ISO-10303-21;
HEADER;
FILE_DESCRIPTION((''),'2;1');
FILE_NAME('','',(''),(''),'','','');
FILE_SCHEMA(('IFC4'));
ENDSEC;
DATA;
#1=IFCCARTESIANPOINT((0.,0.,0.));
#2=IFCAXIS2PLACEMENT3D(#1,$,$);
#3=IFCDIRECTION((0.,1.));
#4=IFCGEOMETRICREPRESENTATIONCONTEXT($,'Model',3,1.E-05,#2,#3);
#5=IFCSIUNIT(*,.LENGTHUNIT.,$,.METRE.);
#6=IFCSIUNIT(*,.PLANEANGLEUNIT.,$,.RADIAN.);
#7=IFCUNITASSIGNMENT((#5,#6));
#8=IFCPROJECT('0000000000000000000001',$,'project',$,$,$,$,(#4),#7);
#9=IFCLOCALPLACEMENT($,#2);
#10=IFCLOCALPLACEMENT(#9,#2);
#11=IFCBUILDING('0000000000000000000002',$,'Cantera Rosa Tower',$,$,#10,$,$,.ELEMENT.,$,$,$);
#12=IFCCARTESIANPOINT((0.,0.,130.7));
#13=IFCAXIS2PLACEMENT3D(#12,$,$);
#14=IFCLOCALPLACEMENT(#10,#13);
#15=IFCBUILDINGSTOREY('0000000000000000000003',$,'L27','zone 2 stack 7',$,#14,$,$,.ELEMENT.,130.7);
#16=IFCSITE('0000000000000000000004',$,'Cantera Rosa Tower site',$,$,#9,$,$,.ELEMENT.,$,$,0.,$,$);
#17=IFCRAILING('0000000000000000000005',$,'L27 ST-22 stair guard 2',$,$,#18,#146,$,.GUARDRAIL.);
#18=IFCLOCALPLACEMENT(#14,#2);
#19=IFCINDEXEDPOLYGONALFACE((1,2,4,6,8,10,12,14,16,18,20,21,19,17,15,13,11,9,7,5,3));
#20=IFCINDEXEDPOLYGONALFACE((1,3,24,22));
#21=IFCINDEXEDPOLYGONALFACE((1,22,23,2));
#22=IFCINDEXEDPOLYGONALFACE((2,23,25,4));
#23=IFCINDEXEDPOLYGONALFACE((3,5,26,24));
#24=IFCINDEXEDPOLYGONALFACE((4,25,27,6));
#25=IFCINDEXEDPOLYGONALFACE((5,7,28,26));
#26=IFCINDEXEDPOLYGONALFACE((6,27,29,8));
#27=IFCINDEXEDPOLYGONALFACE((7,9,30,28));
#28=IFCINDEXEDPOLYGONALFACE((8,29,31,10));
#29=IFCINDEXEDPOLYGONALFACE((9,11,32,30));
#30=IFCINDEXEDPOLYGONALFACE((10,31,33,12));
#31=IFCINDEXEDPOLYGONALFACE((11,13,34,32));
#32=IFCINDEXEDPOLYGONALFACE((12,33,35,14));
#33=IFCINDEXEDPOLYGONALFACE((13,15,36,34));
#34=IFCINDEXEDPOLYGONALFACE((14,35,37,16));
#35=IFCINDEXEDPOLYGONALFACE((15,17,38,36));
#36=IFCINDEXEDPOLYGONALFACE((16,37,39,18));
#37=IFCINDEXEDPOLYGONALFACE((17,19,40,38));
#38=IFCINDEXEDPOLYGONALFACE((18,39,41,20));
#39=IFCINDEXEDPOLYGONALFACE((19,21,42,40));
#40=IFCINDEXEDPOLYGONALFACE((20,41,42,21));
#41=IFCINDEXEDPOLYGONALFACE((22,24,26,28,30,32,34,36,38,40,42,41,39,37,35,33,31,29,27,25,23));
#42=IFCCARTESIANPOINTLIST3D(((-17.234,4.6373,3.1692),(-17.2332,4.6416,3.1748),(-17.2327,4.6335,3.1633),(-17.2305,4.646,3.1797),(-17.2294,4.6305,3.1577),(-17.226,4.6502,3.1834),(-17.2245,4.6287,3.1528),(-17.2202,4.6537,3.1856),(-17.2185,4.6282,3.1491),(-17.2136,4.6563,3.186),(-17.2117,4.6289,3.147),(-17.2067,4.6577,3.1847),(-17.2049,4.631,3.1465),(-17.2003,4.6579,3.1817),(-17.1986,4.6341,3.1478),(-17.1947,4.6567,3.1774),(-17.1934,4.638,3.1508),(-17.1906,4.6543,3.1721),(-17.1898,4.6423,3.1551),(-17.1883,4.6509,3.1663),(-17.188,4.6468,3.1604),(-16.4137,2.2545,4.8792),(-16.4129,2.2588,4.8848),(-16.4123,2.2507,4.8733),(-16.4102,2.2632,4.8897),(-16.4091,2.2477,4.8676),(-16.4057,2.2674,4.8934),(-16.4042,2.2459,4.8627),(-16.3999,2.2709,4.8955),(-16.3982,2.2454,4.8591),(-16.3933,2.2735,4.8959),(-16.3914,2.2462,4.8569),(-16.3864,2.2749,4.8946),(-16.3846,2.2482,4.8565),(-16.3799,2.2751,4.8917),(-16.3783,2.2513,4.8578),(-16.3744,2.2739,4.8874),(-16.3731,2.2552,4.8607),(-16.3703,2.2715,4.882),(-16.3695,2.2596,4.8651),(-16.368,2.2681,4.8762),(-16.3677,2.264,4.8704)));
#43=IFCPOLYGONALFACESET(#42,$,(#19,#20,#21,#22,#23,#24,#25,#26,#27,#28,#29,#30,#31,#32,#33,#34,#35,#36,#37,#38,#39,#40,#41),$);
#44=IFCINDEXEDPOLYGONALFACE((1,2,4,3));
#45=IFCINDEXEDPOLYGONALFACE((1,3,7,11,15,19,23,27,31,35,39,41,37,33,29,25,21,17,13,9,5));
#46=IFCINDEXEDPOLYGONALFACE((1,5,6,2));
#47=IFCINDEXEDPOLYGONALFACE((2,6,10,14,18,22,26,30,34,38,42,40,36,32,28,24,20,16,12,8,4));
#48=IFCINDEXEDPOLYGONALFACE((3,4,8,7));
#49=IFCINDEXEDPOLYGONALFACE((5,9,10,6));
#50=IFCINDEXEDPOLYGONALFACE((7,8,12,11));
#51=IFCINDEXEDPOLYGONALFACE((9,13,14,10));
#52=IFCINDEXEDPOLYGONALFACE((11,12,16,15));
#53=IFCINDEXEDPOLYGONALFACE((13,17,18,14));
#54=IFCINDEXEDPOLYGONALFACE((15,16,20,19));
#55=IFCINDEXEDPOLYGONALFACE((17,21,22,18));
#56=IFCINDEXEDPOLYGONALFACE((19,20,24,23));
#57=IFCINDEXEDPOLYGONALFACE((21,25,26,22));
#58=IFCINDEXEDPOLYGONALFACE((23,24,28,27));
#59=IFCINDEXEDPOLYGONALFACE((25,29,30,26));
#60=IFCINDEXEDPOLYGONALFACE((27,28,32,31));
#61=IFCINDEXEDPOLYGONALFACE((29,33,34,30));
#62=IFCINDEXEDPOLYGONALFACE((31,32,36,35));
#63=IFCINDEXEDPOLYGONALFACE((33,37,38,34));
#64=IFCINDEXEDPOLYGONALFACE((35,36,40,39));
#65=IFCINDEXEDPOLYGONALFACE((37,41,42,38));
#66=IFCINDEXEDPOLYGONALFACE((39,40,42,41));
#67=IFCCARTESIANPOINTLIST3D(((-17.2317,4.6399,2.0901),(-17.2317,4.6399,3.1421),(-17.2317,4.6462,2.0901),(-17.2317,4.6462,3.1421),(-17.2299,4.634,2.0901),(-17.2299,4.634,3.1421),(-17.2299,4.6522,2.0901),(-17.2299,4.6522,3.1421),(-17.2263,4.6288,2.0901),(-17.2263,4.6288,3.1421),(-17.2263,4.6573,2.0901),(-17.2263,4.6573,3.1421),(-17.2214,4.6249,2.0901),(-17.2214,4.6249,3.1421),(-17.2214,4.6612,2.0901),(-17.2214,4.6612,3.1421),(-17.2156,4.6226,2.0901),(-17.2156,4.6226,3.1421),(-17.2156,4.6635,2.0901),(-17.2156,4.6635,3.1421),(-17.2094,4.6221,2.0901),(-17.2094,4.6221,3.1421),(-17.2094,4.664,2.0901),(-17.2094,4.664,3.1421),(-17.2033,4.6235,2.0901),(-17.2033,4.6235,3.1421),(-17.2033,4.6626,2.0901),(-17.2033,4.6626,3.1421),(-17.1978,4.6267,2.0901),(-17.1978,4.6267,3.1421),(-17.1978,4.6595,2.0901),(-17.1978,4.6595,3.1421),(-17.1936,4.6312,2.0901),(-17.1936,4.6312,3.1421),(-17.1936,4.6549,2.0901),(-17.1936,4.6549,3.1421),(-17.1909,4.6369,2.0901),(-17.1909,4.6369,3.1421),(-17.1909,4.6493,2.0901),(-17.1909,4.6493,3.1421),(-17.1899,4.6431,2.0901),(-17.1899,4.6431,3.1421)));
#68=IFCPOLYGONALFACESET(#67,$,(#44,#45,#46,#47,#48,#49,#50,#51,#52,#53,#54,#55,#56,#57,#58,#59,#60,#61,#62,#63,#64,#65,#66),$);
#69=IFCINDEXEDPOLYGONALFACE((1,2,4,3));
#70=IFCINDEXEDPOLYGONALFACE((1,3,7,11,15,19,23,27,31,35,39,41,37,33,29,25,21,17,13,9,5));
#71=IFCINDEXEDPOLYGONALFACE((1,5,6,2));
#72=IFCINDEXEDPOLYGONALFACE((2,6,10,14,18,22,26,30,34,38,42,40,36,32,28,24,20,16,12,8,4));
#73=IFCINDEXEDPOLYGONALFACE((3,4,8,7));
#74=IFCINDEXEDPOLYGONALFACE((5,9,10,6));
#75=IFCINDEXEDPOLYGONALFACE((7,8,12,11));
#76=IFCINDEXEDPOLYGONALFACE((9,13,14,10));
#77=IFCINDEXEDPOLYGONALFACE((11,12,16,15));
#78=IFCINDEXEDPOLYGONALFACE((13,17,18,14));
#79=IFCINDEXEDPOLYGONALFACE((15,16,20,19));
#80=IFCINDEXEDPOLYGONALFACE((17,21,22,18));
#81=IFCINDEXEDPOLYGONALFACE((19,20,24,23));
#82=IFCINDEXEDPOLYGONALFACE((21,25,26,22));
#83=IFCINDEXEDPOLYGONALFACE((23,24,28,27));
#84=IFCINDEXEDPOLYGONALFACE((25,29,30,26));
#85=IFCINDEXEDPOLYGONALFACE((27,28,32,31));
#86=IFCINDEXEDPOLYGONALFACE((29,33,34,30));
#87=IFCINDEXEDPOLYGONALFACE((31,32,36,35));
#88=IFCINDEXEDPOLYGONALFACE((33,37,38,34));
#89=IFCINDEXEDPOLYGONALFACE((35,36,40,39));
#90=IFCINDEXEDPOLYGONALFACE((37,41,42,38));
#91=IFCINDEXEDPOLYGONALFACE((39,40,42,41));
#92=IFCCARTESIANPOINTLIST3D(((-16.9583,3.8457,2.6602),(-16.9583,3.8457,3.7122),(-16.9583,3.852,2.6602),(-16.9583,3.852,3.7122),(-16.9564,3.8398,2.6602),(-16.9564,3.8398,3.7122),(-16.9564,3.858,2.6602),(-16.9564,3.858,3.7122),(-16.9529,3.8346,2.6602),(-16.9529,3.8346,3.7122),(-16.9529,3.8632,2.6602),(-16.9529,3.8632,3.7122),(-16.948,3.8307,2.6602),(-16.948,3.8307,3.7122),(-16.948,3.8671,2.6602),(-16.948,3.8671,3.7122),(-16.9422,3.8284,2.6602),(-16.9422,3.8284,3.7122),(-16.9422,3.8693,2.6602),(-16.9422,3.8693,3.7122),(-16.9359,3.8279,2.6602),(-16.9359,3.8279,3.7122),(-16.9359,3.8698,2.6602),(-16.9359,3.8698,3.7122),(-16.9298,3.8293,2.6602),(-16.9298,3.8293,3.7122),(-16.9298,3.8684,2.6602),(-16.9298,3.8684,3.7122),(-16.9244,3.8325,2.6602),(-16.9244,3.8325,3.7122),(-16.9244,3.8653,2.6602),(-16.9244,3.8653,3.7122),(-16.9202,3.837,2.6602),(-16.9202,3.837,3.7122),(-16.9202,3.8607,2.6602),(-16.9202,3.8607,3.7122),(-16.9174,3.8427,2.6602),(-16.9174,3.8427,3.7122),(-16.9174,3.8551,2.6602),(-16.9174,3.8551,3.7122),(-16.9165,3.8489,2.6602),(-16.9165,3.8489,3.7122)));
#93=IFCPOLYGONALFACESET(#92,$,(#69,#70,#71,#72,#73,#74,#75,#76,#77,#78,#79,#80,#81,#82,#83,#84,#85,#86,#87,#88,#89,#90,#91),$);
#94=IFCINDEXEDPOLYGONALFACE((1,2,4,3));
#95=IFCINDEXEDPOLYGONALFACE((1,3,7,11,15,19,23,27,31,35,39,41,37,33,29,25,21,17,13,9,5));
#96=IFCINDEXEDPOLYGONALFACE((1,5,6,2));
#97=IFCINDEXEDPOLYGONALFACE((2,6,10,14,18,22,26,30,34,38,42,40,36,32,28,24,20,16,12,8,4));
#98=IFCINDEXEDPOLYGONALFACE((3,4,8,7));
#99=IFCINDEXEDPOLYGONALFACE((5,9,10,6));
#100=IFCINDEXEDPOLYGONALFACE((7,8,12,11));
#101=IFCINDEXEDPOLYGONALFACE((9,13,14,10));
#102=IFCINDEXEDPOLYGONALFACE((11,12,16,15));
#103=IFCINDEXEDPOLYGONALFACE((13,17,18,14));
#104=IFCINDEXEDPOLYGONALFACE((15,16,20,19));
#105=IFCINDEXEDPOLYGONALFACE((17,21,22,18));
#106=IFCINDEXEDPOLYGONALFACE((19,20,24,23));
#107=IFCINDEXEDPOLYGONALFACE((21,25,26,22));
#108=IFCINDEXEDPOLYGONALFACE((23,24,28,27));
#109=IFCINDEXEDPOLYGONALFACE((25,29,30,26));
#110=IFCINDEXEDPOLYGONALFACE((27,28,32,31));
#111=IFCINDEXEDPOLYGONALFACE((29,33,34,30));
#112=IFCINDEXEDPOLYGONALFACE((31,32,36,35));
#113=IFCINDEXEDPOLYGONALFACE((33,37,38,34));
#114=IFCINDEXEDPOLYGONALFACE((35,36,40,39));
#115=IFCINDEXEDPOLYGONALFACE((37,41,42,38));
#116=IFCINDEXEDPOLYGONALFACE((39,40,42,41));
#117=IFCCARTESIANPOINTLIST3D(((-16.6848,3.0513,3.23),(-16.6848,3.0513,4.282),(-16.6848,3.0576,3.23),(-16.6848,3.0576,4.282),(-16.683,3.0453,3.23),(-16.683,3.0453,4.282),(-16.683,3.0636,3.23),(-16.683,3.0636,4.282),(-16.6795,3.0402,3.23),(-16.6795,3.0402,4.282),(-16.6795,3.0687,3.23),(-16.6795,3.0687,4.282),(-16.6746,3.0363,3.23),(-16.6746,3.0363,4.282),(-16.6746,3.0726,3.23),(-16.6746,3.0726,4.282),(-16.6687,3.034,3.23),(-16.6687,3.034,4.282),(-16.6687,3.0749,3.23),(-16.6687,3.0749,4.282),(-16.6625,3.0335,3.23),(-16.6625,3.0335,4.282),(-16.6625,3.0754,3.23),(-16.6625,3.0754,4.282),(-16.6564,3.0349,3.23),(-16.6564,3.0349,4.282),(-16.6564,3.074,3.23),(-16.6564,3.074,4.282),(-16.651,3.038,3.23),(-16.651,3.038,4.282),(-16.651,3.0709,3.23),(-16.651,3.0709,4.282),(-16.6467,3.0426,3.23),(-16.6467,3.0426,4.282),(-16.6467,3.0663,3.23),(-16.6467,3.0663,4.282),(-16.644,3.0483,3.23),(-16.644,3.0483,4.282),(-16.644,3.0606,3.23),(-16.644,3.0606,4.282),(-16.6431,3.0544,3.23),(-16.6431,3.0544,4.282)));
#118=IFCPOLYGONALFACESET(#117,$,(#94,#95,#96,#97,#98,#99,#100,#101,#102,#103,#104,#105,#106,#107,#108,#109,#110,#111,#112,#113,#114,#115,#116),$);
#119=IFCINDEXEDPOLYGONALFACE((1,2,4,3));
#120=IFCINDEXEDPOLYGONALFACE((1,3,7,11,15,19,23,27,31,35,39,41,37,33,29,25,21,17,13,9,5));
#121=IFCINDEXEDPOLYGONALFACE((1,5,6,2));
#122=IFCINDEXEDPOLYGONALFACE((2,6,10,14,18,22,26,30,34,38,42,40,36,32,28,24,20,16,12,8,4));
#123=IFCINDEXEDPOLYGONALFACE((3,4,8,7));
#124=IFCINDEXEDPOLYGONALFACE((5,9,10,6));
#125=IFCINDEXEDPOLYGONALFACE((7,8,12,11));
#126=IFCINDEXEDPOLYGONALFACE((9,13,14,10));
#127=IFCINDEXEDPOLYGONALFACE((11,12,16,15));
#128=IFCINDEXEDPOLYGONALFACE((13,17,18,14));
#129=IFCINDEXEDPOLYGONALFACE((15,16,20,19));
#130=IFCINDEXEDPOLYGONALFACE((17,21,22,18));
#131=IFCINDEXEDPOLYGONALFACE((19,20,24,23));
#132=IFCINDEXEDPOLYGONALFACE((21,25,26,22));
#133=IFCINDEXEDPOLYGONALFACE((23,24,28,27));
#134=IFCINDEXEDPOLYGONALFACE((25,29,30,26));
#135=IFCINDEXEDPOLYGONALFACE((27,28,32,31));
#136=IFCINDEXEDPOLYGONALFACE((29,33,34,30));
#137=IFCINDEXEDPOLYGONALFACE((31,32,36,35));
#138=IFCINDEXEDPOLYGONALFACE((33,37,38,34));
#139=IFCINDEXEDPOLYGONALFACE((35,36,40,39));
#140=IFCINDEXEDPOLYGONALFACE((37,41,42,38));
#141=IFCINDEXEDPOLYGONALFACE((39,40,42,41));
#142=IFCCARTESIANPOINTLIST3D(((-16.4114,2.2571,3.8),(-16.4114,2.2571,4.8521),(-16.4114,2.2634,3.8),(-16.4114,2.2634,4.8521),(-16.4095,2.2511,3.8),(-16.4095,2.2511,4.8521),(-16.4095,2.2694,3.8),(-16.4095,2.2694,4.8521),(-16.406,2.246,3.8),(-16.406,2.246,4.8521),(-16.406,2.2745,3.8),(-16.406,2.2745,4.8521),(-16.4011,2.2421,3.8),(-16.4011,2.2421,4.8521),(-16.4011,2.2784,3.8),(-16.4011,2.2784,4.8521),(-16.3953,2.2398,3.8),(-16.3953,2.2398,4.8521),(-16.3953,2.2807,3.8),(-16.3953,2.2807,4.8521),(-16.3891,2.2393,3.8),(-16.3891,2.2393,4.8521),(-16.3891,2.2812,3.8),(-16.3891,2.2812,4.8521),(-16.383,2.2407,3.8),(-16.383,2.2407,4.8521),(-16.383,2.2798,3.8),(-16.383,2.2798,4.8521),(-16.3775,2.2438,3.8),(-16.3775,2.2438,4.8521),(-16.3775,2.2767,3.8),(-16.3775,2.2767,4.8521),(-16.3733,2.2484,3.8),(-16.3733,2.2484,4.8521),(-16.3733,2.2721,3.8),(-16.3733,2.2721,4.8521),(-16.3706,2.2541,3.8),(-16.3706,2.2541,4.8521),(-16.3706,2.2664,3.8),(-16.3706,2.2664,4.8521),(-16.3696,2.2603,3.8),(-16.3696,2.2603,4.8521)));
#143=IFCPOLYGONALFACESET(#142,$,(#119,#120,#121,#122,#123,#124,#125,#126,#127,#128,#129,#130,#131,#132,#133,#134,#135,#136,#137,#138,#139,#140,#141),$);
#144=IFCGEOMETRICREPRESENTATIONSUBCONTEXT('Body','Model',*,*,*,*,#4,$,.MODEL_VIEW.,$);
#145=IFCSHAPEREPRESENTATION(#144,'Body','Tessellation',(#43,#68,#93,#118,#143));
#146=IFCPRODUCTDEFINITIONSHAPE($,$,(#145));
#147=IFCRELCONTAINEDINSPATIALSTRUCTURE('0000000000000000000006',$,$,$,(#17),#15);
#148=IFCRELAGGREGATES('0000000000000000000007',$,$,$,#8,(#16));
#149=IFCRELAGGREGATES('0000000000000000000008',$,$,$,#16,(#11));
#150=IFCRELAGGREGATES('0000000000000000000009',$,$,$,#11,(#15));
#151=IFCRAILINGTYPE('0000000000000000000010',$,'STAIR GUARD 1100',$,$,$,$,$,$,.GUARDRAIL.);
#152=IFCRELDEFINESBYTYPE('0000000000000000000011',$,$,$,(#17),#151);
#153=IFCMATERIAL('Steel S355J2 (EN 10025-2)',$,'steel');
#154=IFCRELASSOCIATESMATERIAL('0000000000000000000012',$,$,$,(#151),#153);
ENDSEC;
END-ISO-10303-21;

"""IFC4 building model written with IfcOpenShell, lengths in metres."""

from ifc_helpers import new_model, si_unit, direction, frame, origin, origin_2d, place, context, subcontext, project, spatial, circle, extrude, material, type_object, element, save


model = new_model("IFC4")

# Units and contexts
model_context = context("Model", 3, precision=1e-05, world=origin(), true_north=direction((0.0, 1.0)))
body_context = subcontext(model_context, "Body", "Model", "MODEL_VIEW")
ifc_project = project(units=[si_unit("LENGTHUNIT", "METRE"), si_unit("PLANEANGLEUNIT", "RADIAN")], contexts=[model_context])

# Site, building, storey
site_placement = place(None, origin())
site = spatial("IfcSite", under=ifc_project, at=site_placement, Name="Cantera Rosa Tower site", CompositionType="ELEMENT", RefElevation=0.0)
building_placement = place(site_placement, origin())
building = spatial("IfcBuilding", under=site, at=building_placement, Name="Cantera Rosa Tower", CompositionType="ELEMENT")
storey_placement = place(building_placement, frame((0.0, 0.0, 130.7)))
storey = spatial("IfcBuildingStorey", under=building, at=storey_placement, Name="L27", Description="zone 2 stack 7", CompositionType="ELEMENT", Elevation=130.7)

# Railing
ifc_material_1 = material(Name="Steel S355J2 (EN 10025-2)", Category="steel")
railing_type_1 = type_object("IfcRailingType", Name="STAIR GUARD 1100", PredefinedType="GUARDRAIL", material=ifc_material_1)
railing_1_placement = place(storey_placement, frame((-17.2109, 4.6431, 2.0901)))
element("IfcRailing", 1, at=railing_1_placement, inside=storey, type_object=railing_type_1, Name="L27 ST-22 stair guard 2", PredefinedType="GUARDRAIL", context=body_context, shape_type="SweptSolid", body=[
    extrude(circle(Radius=0.0239, at=origin_2d()), frame((0.0, 0.0, 1.0762), z_axis=(0.269358, -0.782421, 0.561483), x_axis=(0.945538, 0.325513, 0.0)), (0.0, 0.0, 1.0), 3.0454),
    extrude(circle(Radius=0.021, at=origin_2d()), origin(), (0.0, 0.0, 1.0), 1.052),
    extrude(circle(Radius=0.021, at=origin_2d()), frame((0.2734, -0.7942, 0.5701)), (0.0, 0.0, 1.0), 1.052),
    extrude(circle(Radius=0.021, at=origin_2d()), frame((0.5469, -1.5886, 1.1399)), (0.0, 0.0, 1.0), 1.052),
    extrude(circle(Radius=0.021, at=origin_2d()), frame((0.8203, -2.3828, 1.71)), (0.0, 0.0, 1.0), 1.052),
])

save(model, "model.ifc")
